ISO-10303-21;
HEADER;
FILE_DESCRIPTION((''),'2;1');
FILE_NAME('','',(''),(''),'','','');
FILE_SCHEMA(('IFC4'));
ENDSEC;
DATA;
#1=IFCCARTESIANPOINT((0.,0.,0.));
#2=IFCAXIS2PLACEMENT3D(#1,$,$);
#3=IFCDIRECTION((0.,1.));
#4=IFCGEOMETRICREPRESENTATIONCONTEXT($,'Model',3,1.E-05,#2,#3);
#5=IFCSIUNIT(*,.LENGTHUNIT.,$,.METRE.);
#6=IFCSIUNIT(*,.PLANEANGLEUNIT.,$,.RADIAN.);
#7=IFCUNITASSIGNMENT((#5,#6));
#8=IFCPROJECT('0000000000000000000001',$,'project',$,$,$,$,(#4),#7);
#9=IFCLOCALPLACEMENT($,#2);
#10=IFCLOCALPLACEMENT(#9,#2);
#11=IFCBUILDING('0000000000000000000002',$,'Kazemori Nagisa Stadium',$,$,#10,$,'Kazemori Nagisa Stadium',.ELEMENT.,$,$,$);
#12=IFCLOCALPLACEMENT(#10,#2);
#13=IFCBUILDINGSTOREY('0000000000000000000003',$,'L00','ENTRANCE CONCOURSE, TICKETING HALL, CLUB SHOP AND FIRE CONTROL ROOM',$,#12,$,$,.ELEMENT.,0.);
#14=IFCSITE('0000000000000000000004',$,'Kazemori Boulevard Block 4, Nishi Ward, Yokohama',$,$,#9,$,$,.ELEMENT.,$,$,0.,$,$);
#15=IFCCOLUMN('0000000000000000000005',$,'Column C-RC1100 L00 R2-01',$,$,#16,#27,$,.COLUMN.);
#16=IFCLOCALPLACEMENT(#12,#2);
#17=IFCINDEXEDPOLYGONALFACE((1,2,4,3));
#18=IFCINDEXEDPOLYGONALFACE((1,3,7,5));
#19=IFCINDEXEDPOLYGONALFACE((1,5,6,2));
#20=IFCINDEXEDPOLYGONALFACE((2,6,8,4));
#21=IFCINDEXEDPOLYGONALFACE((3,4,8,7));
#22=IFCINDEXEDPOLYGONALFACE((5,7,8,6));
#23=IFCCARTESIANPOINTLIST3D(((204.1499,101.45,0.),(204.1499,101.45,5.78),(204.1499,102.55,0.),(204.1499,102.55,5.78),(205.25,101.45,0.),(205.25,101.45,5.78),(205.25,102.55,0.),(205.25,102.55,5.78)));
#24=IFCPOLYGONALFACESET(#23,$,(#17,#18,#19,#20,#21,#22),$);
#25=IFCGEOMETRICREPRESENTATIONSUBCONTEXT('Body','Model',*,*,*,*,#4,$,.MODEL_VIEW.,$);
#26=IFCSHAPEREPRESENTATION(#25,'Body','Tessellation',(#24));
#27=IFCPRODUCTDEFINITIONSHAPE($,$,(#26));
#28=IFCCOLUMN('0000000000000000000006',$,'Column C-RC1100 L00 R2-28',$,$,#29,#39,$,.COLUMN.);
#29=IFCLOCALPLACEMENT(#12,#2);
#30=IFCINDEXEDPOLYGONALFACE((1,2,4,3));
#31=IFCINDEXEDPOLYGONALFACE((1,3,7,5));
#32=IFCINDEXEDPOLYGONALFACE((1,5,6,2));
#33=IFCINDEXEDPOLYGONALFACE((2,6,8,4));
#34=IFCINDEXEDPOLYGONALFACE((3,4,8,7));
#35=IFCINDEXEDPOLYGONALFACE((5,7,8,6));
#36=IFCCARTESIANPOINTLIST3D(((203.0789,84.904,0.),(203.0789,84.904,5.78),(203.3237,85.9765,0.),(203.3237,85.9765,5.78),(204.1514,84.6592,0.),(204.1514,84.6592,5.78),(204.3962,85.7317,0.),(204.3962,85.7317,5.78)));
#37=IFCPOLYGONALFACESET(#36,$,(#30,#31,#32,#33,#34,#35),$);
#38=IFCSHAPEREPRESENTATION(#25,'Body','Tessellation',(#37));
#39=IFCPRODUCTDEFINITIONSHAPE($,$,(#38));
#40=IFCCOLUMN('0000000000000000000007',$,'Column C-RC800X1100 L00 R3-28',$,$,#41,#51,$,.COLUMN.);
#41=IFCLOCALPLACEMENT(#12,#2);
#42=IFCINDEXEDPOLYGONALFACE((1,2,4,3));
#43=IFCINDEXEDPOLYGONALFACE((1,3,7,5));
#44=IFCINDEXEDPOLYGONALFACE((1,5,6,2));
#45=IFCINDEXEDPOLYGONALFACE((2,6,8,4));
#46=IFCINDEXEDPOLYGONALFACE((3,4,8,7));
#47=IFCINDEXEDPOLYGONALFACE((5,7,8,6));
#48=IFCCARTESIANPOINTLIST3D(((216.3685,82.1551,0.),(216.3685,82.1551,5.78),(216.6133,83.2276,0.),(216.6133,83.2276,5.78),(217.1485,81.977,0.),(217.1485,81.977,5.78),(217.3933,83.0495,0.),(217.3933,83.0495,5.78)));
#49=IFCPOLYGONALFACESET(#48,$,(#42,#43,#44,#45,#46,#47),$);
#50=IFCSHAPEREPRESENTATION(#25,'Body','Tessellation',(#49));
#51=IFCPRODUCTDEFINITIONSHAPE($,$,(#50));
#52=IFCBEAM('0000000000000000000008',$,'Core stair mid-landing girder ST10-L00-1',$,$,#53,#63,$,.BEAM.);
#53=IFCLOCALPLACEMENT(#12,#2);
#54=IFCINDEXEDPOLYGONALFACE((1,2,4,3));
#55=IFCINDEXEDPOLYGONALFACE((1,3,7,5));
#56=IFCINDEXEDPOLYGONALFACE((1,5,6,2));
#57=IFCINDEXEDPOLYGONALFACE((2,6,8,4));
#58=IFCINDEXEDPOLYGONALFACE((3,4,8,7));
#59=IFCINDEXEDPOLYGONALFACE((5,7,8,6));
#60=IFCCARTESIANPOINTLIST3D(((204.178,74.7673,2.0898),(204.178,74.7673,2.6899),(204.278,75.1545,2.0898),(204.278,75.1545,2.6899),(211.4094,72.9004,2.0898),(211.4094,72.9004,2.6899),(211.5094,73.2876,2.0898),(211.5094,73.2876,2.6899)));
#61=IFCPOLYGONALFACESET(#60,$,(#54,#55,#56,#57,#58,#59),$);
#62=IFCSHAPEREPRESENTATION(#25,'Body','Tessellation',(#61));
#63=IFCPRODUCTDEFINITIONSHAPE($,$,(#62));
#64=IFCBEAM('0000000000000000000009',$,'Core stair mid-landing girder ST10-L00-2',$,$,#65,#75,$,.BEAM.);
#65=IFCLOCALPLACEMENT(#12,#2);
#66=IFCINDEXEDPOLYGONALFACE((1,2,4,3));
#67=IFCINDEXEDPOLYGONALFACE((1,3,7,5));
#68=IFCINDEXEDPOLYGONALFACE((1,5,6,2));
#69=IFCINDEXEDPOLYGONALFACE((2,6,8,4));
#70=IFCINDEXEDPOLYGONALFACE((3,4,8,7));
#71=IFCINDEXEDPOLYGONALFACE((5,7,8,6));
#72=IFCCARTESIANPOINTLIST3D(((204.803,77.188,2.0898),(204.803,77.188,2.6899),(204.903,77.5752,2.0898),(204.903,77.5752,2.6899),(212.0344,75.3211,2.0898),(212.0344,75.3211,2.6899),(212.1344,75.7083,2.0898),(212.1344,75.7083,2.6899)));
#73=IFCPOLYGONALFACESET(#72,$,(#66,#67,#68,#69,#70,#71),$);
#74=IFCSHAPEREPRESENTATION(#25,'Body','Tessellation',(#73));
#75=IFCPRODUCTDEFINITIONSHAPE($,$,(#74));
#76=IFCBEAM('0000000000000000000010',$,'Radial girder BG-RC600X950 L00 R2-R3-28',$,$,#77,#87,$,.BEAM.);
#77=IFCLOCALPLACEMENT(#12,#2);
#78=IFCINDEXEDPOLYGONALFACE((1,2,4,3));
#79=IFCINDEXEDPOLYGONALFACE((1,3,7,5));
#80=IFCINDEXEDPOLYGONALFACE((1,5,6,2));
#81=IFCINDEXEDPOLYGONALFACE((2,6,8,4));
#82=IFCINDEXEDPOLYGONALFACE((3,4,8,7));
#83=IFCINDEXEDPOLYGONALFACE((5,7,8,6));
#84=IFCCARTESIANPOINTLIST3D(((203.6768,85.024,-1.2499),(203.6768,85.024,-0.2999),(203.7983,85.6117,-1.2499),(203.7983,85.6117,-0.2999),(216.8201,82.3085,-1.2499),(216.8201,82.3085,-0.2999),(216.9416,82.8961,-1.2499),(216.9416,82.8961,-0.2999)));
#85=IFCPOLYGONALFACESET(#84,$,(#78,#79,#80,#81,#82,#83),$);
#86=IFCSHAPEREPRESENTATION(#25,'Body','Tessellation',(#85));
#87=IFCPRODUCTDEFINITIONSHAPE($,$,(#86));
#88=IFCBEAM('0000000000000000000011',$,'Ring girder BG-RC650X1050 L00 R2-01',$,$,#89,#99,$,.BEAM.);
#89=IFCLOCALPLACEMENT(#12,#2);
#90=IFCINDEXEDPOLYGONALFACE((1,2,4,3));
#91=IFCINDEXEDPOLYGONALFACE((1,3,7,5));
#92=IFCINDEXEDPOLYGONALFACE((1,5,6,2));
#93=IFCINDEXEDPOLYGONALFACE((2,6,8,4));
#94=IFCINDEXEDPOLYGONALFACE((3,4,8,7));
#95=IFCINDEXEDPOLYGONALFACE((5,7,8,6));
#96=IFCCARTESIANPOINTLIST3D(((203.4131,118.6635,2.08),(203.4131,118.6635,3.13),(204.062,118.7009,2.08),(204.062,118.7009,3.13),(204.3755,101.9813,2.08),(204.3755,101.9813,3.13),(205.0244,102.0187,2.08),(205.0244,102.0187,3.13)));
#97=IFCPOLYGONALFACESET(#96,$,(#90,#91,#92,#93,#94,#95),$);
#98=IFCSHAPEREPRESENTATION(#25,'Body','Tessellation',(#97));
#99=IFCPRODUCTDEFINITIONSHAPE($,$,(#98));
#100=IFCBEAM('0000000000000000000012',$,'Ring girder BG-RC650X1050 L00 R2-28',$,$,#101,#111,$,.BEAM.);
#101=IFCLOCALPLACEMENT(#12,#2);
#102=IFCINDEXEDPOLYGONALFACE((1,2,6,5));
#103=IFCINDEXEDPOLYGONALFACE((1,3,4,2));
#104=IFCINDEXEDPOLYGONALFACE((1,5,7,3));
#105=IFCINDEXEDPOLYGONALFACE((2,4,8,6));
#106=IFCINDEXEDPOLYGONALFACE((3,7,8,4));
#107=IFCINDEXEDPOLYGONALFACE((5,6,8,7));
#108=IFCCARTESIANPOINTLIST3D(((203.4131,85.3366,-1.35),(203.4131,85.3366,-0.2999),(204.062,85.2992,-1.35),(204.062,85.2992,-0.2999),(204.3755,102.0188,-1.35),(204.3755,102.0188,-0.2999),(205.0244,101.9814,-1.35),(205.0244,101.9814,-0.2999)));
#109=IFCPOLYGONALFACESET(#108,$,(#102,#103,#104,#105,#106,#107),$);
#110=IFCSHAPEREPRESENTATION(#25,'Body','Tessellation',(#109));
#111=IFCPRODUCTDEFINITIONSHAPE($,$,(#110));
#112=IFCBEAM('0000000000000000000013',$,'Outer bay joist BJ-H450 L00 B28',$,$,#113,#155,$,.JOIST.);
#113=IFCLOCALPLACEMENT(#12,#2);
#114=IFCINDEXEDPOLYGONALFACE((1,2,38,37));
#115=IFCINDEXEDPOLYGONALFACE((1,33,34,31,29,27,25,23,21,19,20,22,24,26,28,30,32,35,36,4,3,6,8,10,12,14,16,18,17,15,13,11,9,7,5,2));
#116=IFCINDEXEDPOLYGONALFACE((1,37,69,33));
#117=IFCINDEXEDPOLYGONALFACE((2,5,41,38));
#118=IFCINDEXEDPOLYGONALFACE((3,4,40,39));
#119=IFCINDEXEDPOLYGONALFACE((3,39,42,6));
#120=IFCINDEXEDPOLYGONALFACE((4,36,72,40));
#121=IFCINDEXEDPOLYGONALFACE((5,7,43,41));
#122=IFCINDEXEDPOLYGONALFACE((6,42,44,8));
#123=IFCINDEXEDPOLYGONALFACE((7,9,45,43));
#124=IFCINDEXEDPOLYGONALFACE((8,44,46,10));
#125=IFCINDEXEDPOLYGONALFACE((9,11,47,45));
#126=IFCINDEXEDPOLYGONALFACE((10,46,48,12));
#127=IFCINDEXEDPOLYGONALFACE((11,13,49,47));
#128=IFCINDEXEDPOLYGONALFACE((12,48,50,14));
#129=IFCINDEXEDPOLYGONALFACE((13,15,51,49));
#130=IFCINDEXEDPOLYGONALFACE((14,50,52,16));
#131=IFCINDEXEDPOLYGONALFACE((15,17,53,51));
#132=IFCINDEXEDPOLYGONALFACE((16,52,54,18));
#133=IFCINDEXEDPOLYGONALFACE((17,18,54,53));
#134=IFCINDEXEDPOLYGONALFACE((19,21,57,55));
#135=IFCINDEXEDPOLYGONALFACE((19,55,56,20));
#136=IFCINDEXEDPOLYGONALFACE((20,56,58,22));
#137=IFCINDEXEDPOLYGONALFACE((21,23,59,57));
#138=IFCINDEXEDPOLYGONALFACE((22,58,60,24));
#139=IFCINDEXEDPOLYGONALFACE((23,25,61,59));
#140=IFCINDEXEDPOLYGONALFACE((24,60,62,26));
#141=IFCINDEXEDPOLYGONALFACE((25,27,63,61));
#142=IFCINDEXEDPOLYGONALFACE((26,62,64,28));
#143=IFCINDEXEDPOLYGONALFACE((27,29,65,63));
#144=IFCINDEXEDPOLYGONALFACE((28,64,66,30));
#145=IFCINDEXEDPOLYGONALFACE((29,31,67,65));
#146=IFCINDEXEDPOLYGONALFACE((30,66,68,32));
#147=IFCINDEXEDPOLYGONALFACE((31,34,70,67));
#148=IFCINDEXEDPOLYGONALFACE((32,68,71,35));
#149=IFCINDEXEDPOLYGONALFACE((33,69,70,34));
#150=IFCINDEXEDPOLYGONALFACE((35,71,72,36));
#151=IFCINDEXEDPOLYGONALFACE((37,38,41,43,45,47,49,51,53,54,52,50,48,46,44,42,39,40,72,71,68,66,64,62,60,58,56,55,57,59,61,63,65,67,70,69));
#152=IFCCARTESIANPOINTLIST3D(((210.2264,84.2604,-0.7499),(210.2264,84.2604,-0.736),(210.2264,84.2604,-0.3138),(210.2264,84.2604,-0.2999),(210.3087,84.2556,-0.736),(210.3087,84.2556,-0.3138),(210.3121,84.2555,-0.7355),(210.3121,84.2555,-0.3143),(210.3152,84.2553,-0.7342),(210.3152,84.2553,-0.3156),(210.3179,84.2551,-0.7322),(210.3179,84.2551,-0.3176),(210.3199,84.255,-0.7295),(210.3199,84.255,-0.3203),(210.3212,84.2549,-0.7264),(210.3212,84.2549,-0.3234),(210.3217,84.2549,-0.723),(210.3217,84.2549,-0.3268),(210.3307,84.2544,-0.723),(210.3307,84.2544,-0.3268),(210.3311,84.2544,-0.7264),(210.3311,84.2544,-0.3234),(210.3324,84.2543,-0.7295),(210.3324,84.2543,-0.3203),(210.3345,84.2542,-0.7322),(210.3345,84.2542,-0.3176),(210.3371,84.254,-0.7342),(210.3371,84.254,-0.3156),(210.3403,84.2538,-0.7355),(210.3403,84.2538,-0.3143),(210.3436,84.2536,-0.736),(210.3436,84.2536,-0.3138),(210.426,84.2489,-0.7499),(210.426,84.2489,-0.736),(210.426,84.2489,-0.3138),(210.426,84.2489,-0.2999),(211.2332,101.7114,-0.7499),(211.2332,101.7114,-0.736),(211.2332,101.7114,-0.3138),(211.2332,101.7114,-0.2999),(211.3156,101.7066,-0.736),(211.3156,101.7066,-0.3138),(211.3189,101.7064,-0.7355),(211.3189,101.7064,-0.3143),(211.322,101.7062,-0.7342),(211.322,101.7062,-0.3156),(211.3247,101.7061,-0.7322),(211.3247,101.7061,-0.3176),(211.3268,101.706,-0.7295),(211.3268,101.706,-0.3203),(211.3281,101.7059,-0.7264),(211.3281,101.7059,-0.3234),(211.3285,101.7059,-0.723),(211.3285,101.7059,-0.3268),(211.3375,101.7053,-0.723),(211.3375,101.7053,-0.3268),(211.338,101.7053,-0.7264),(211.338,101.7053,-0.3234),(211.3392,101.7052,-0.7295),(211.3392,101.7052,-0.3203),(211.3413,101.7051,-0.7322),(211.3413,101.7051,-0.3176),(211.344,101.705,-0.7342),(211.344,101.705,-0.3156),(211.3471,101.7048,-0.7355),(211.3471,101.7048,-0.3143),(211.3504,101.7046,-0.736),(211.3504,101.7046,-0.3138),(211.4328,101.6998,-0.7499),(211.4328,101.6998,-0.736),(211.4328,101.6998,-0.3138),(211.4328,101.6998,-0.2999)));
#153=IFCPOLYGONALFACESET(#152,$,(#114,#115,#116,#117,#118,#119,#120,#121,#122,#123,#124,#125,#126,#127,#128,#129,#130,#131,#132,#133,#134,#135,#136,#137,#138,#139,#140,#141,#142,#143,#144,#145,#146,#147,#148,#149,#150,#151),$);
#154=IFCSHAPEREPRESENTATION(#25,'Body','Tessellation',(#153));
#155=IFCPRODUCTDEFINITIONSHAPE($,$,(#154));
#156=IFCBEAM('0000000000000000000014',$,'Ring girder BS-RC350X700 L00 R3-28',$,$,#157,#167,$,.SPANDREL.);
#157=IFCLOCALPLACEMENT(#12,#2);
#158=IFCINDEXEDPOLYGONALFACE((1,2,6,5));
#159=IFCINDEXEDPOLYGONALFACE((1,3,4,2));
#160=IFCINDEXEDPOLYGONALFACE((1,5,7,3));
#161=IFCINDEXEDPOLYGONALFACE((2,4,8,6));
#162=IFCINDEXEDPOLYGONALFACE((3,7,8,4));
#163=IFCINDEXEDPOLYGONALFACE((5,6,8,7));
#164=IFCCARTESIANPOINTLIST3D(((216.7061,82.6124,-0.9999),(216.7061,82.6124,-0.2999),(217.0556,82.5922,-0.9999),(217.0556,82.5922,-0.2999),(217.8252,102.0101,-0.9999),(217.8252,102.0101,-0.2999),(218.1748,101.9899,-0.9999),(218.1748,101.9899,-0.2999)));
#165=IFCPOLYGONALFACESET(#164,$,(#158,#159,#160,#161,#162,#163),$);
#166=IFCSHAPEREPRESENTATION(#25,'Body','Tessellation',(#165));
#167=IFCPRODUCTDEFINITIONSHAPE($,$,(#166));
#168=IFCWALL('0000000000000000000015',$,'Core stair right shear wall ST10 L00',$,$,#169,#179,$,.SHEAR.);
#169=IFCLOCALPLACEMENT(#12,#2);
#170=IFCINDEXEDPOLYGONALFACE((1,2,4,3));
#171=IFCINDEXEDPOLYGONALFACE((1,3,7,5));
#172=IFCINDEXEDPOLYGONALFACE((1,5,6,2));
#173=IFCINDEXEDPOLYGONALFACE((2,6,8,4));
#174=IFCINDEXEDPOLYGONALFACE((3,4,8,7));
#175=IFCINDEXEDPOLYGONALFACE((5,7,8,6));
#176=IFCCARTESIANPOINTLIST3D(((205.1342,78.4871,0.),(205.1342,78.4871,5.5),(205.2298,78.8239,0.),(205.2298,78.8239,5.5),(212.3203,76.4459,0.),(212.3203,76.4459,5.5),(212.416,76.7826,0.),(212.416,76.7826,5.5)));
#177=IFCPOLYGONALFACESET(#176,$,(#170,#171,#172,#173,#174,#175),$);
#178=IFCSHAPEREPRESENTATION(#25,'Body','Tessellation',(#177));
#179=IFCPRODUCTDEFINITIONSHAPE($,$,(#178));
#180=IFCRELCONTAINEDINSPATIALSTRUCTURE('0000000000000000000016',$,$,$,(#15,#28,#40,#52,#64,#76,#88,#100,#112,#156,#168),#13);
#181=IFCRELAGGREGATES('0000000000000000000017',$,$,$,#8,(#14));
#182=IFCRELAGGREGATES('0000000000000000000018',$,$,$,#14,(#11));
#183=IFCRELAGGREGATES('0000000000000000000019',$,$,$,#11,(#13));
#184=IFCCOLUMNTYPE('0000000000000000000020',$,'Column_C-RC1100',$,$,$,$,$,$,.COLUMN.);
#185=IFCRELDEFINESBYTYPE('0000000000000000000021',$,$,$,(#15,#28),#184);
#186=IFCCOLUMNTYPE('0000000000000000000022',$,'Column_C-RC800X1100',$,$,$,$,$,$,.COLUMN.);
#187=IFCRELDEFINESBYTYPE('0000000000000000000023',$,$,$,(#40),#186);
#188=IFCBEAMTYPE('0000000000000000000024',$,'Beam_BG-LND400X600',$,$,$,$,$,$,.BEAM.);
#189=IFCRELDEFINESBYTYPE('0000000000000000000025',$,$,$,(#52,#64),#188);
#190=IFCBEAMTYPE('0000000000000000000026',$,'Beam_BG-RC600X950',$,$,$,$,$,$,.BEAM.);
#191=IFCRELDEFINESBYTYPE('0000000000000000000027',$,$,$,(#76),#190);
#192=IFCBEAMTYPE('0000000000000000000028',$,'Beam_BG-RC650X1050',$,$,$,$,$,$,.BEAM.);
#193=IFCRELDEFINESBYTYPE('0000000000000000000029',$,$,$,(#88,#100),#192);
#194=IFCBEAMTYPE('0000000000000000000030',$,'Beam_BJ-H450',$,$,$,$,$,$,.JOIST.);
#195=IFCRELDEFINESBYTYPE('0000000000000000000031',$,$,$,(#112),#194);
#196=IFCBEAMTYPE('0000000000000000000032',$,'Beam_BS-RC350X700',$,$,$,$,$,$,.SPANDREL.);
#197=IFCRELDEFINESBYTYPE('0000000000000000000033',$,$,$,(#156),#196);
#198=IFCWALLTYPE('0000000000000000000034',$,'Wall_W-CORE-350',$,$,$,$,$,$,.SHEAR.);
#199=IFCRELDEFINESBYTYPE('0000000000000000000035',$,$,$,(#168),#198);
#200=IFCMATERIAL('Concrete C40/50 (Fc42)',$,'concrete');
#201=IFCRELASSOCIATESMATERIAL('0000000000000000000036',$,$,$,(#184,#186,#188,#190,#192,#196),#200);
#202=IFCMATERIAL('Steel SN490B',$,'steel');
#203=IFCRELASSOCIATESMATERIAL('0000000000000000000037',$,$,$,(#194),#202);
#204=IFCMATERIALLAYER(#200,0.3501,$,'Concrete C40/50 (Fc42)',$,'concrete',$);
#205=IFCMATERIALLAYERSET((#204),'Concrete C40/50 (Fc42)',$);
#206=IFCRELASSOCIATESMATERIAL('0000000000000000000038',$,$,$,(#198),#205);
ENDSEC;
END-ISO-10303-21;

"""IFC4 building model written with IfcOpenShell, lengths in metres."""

from ifc_helpers import new_model, si_unit, direction, frame, frame_2d, origin, origin_2d, place, context, subcontext, project, spatial, rectangle, i_section, extrude, material, layer, layer_set, material_profile, profile_set, type_object, element, save


model = new_model("IFC4")

# Units and contexts
model_context = context("Model", 3, precision=1e-05, world=origin(), true_north=direction((0.0, 1.0)))
body_context = subcontext(model_context, "Body", "Model", "MODEL_VIEW")
ifc_project = project(units=[si_unit("LENGTHUNIT", "METRE"), si_unit("PLANEANGLEUNIT", "RADIAN")], contexts=[model_context])

# Site, building, storey
site_placement = place(None, origin())
site = spatial("IfcSite", under=ifc_project, at=site_placement, Name="Kazemori Boulevard Block 4, Nishi Ward, Yokohama", CompositionType="ELEMENT", RefElevation=0.0)
building_placement = place(site_placement, origin())
building = spatial("IfcBuilding", under=site, at=building_placement, Name="Kazemori Nagisa Stadium", LongName="Kazemori Nagisa Stadium", CompositionType="ELEMENT")
storey_placement = place(building_placement, origin())
storey = spatial("IfcBuildingStorey", under=building, at=storey_placement, Name="L00", Description="ENTRANCE CONCOURSE, TICKETING HALL, CLUB SHOP AND FIRE CONTROL ROOM", CompositionType="ELEMENT", Elevation=0.0)

# Columns
ifc_material_1 = material(Name="Concrete C40/50 (Fc42)", Category="concrete")
ifc_material_profile_1 = material_profile(ifc_material_1, rectangle(XDim=1.1001, YDim=1.1001, at=origin_2d()), Name="RC-COL-1100x1100")
ifc_profile_set_1 = profile_set([ifc_material_profile_1], Name="Concrete C40/50 (Fc42)")
column_type_1 = type_object("IfcColumnType", Name="Column_C-RC1100", PredefinedType="COLUMN", material=ifc_profile_set_1)
for number, where, z_axis, x_axis, name in (
    (1, (204.7, 102.0, 0.0), (0.0, 0.0, 1.0), (1.0, 0.0, 0.0), "Column C-RC1100 L00 R2-01"),
    (2, (203.7375, 85.3179, 0.0), (0.0, 0.0, 1.0), (0.974928, -0.222521, 0.0), "Column C-RC1100 L00 R2-28"),
):
    element("IfcColumn", number, at=place(storey_placement, frame(where, z_axis=z_axis, x_axis=x_axis)), inside=storey, type_object=column_type_1, Name=name, PredefinedType="COLUMN", context=body_context, shape_type="SweptSolid", body=[
        extrude(rectangle(XDim=1.1001, YDim=1.1001, at=origin_2d()), origin(), (0.0, 0.0, 1.0), 5.78),
    ])
ifc_material_profile_2 = material_profile(ifc_material_1, rectangle(XDim=0.8, YDim=1.1001, at=origin_2d()), Name="RC-COL-800x1100")
ifc_profile_set_2 = profile_set([ifc_material_profile_2], Name="Concrete C40/50 (Fc42)")
column_type_2 = type_object("IfcColumnType", Name="Column_C-RC800X1100", PredefinedType="COLUMN", material=ifc_profile_set_2)
column_placement = place(storey_placement, frame((216.8809, 82.6023, 0.0), z_axis=(0.0, 0.0, 1.0), x_axis=(0.974928, -0.222521, 0.0)))
element("IfcColumn", 3, at=column_placement, inside=storey, type_object=column_type_2, Name="Column C-RC800X1100 L00 R3-28", PredefinedType="COLUMN", context=body_context, shape_type="SweptSolid", body=[
    extrude(rectangle(XDim=0.8, YDim=1.1001, at=origin_2d()), origin(), (0.0, 0.0, 1.0), 5.78),
])

# Beams
ifc_material_profile_3 = material_profile(ifc_material_1, rectangle(XDim=0.3999, YDim=0.6001, at=origin_2d()), Name="RC-BM-400x600")
ifc_profile_set_3 = profile_set([ifc_material_profile_3], Name="Concrete C40/50 (Fc42)")
beam_type_1 = type_object("IfcBeamType", Name="Beam_BG-LND400X600", PredefinedType="BEAM", material=ifc_profile_set_3)
for number, where, z_axis, x_axis, name in (
    (4, (204.228, 74.9609, 2.3899), (0.968253, -0.249974, 0.0), (0.249974, 0.968253, 0.0), "Core stair mid-landing girder ST10-L00-1"),
    (5, (204.853, 77.3816, 2.3899), (0.968253, -0.249974, 0.0), (0.249974, 0.968253, 0.0), "Core stair mid-landing girder ST10-L00-2"),
):
    element("IfcBeam", number, at=place(storey_placement, frame(where, z_axis=z_axis, x_axis=x_axis)), inside=storey, type_object=beam_type_1, Name=name, PredefinedType="BEAM", context=body_context, shape_type="SweptSolid", body=[
        extrude(rectangle(XDim=0.3999, YDim=0.6001, at=origin_2d()), origin(), (0.0, 0.0, 1.0), 7.4685),
    ])
ifc_material_profile_4 = material_profile(ifc_material_1, rectangle(XDim=0.6001, YDim=0.95, at=origin_2d()), Name="RC-BM-600x950")
ifc_profile_set_4 = profile_set([ifc_material_profile_4], Name="Concrete C40/50 (Fc42)")
beam_type_2 = type_object("IfcBeamType", Name="Beam_BG-RC600X950", PredefinedType="BEAM", material=ifc_profile_set_4)
beam_1_placement = place(storey_placement, frame((203.7375, 85.3179, -0.7749), z_axis=(0.979316, -0.202339, 0.0), x_axis=(0.202339, 0.979316, 0.0)))
element("IfcBeam", 6, at=beam_1_placement, inside=storey, type_object=beam_type_2, Name="Radial girder BG-RC600X950 L00 R2-R3-28", PredefinedType="BEAM", context=body_context, shape_type="SweptSolid", body=[
    extrude(rectangle(XDim=0.6001, YDim=0.95, at=origin_2d()), origin(), (0.0, 0.0, 1.0), 13.4209),
])
ifc_material_profile_5 = material_profile(ifc_material_1, rectangle(XDim=0.6499, YDim=1.05, at=origin_2d()), Name="RC-BM-650x1050")
ifc_profile_set_5 = profile_set([ifc_material_profile_5], Name="Concrete C40/50 (Fc42)")
beam_type_3 = type_object("IfcBeamType", Name="Beam_BG-RC650X1050", PredefinedType="BEAM", material=ifc_profile_set_5)
for number, where, z_axis, x_axis, name in (
    (7, (204.7, 102.0, 2.605), (-0.057595, 0.99834, 0.0), (-0.99834, -0.057595, 0.0), "Ring girder BG-RC650X1050 L00 R2-01"),
    (8, (203.7375, 85.3179, -0.825), (0.057595, 0.99834, 0.0), (-0.99834, 0.057595, 0.0), "Ring girder BG-RC650X1050 L00 R2-28"),
):
    element("IfcBeam", number, at=place(storey_placement, frame(where, z_axis=z_axis, x_axis=x_axis)), inside=storey, type_object=beam_type_3, Name=name, PredefinedType="BEAM", context=body_context, shape_type="SweptSolid", body=[
        extrude(rectangle(XDim=0.6499, YDim=1.05, at=origin_2d()), origin(), (0.0, 0.0, 1.0), 16.71),
    ])
ifc_material_2 = material(Name="Steel SN490B", Category="steel")
ifc_material_profile_6 = material_profile(ifc_material_2, i_section(OverallWidth=0.2, OverallDepth=0.45, WebThickness=0.009, FlangeThickness=0.0139, FilletRadius=0.0129, at=origin_2d()), Name="H-450x200x9x14")
ifc_profile_set_6 = profile_set([ifc_material_profile_6], Name="Steel SN490B")
beam_type_4 = type_object("IfcBeamType", Name="Beam_BJ-H450", PredefinedType="JOIST", material=ifc_profile_set_6)
beam_2_placement = place(storey_placement, frame((210.3262, 84.2546, -0.5249), z_axis=(0.057599, 0.99834, 0.0), x_axis=(-0.99834, 0.057599, 0.0)))
element("IfcBeam", 9, at=beam_2_placement, inside=storey, type_object=beam_type_4, Name="Outer bay joist BJ-H450 L00 B28", PredefinedType="JOIST", context=body_context, shape_type="SweptSolid", body=[
    extrude(i_section(OverallWidth=0.2, OverallDepth=0.45, WebThickness=0.009, FlangeThickness=0.0139, FilletRadius=0.0129, at=origin_2d()), origin(), (0.0, 0.0, 1.0), 17.48),
])
ifc_material_profile_7 = material_profile(ifc_material_1, rectangle(XDim=0.3501, YDim=0.7, at=origin_2d()), Name="RC-SP-350x700")
ifc_profile_set_7 = profile_set([ifc_material_profile_7], Name="Concrete C40/50 (Fc42)")
beam_type_5 = type_object("IfcBeamType", Name="Beam_BS-RC350X700", PredefinedType="SPANDREL", material=ifc_profile_set_7)
beam_3_placement = place(storey_placement, frame((216.8809, 82.6023, -0.6499), z_axis=(0.057599, 0.99834, 0.0), x_axis=(-0.99834, 0.057599, 0.0)))
element("IfcBeam", 10, at=beam_3_placement, inside=storey, type_object=beam_type_5, Name="Ring girder BS-RC350X700 L00 R3-28", PredefinedType="SPANDREL", context=body_context, shape_type="SweptSolid", body=[
    extrude(rectangle(XDim=0.3501, YDim=0.7, at=origin_2d()), origin(), (0.0, 0.0, 1.0), 19.4299),
])

# Wall
ifc_layer_1 = layer(ifc_material_1, 0.3501, Name="Concrete C40/50 (Fc42)", Category="concrete")
ifc_layer_set_1 = layer_set([ifc_layer_1], Name="Concrete C40/50 (Fc42)")
wall_type_1 = type_object("IfcWallType", Name="Wall_W-CORE-350", PredefinedType="SHEAR", material=ifc_layer_set_1)
wall_1_placement = place(storey_placement, frame((205.1819, 78.6555, 0.0), z_axis=(0.0, 0.0, 1.0), x_axis=(0.961946, -0.27324, 0.0)))
element("IfcWall", 11, at=wall_1_placement, inside=storey, type_object=wall_type_1, Name="Core stair right shear wall ST10 L00", PredefinedType="SHEAR", context=body_context, shape_type="SweptSolid", body=[
    extrude(rectangle(XDim=7.4705, YDim=0.3501, at=frame_2d((3.7354, 0.0))), origin(), (0.0, 0.0, 1.0), 5.5),
])

save(model, "model.ifc")
